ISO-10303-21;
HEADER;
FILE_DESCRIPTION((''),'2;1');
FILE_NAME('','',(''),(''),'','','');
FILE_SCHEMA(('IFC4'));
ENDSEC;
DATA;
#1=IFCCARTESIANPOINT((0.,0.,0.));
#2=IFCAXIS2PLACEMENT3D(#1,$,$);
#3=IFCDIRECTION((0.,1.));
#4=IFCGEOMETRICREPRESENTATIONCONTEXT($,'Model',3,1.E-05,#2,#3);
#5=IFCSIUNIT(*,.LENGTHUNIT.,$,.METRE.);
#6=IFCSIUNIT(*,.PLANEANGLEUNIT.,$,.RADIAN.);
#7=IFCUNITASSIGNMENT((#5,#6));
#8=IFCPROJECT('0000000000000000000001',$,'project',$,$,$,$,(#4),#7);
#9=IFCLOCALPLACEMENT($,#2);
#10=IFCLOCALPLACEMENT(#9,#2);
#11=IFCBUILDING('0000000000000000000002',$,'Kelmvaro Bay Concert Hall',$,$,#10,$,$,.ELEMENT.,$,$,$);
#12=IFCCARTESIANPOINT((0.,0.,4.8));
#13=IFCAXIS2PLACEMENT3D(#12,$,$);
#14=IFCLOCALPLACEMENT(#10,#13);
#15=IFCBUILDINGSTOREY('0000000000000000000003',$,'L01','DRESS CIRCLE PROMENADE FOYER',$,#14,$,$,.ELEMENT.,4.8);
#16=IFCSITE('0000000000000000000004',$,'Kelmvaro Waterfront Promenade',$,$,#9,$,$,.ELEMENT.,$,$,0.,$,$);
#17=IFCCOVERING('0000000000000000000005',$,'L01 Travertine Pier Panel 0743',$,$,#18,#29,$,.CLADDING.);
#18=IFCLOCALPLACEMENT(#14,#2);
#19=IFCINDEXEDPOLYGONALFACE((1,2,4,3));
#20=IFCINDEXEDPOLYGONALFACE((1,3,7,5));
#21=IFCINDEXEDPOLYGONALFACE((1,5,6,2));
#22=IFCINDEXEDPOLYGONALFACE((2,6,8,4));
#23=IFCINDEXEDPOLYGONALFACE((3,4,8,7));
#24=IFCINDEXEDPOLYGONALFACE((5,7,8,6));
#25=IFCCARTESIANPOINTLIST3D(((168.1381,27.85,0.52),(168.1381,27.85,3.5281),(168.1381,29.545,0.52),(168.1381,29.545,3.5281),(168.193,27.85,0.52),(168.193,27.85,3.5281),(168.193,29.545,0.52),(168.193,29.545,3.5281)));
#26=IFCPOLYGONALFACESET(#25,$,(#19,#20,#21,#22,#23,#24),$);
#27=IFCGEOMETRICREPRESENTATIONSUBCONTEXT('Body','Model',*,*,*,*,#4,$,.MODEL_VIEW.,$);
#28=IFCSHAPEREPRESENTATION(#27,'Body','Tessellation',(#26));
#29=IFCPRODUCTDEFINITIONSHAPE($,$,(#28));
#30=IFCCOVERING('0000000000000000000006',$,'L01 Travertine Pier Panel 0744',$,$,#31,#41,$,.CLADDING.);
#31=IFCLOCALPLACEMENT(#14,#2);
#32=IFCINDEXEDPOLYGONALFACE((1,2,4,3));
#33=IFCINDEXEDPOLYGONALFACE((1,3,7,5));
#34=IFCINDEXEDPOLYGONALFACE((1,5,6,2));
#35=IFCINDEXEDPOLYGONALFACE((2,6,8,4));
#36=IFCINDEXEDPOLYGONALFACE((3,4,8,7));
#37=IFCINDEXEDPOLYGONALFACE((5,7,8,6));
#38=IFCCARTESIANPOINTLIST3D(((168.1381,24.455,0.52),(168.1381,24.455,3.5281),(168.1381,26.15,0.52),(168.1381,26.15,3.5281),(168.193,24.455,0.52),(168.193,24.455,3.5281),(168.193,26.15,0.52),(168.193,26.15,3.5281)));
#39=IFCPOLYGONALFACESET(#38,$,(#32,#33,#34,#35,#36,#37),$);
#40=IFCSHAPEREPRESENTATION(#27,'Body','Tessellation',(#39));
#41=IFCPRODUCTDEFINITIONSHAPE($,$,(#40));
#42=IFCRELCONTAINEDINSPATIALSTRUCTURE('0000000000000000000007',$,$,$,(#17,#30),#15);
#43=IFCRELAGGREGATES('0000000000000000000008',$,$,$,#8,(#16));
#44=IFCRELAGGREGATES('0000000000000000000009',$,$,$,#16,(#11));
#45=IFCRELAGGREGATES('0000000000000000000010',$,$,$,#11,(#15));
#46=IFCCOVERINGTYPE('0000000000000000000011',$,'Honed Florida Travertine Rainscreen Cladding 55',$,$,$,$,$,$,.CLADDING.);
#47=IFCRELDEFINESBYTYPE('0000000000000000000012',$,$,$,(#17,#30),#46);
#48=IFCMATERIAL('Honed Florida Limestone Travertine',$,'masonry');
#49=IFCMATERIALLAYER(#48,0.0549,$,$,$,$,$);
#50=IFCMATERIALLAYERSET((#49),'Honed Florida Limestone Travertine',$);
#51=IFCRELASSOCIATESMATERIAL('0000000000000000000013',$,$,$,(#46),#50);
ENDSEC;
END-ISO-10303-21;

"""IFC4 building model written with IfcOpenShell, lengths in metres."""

from ifc_helpers import new_model, si_unit, direction, frame, origin, origin_2d, place, context, subcontext, project, spatial, rectangle, extrude, material, layer, layer_set, type_object, element, save


model = new_model("IFC4")

# Units and contexts
model_context = context("Model", 3, precision=1e-05, world=origin(), true_north=direction((0.0, 1.0)))
body_context = subcontext(model_context, "Body", "Model", "MODEL_VIEW")
ifc_project = project(units=[si_unit("LENGTHUNIT", "METRE"), si_unit("PLANEANGLEUNIT", "RADIAN")], contexts=[model_context])

# Site, building, storey
site_placement = place(None, origin())
site = spatial("IfcSite", under=ifc_project, at=site_placement, Name="Kelmvaro Waterfront Promenade", CompositionType="ELEMENT", RefElevation=0.0)
building_placement = place(site_placement, origin())
building = spatial("IfcBuilding", under=site, at=building_placement, Name="Kelmvaro Bay Concert Hall", CompositionType="ELEMENT")
storey_placement = place(building_placement, frame((0.0, 0.0, 4.8)))
storey = spatial("IfcBuildingStorey", under=building, at=storey_placement, Name="L01", Description="DRESS CIRCLE PROMENADE FOYER", CompositionType="ELEMENT", Elevation=4.8)

# Coverings
ifc_material_1 = material(Name="Honed Florida Limestone Travertine", Category="masonry")
ifc_layer_1 = layer(ifc_material_1, 0.0549)
ifc_layer_set_1 = layer_set([ifc_layer_1], Name="Honed Florida Limestone Travertine")
covering_type_1 = type_object("IfcCoveringType", Name="Honed Florida Travertine Rainscreen Cladding 55", PredefinedType="CLADDING", material=ifc_layer_set_1)
for number, where, z_axis, x_axis, name in (
    (1, (168.1655, 28.6975, 0.52), (0.0, 0.0, 1.0), (0.0, -1.0, 0.0), "L01 Travertine Pier Panel 0743"),
    (2, (168.1655, 25.3025, 0.52), (0.0, 0.0, 1.0), (0.0, -1.0, 0.0), "L01 Travertine Pier Panel 0744"),
):
    element("IfcCovering", number, at=place(storey_placement, frame(where, z_axis=z_axis, x_axis=x_axis)), inside=storey, type_object=covering_type_1, Name=name, PredefinedType="CLADDING", context=body_context, shape_type="SweptSolid", body=[
        extrude(rectangle(XDim=1.6951, YDim=0.0549, at=origin_2d()), origin(), (0.0, 0.0, 1.0), 3.0081),
    ])

save(model, "model.ifc")
